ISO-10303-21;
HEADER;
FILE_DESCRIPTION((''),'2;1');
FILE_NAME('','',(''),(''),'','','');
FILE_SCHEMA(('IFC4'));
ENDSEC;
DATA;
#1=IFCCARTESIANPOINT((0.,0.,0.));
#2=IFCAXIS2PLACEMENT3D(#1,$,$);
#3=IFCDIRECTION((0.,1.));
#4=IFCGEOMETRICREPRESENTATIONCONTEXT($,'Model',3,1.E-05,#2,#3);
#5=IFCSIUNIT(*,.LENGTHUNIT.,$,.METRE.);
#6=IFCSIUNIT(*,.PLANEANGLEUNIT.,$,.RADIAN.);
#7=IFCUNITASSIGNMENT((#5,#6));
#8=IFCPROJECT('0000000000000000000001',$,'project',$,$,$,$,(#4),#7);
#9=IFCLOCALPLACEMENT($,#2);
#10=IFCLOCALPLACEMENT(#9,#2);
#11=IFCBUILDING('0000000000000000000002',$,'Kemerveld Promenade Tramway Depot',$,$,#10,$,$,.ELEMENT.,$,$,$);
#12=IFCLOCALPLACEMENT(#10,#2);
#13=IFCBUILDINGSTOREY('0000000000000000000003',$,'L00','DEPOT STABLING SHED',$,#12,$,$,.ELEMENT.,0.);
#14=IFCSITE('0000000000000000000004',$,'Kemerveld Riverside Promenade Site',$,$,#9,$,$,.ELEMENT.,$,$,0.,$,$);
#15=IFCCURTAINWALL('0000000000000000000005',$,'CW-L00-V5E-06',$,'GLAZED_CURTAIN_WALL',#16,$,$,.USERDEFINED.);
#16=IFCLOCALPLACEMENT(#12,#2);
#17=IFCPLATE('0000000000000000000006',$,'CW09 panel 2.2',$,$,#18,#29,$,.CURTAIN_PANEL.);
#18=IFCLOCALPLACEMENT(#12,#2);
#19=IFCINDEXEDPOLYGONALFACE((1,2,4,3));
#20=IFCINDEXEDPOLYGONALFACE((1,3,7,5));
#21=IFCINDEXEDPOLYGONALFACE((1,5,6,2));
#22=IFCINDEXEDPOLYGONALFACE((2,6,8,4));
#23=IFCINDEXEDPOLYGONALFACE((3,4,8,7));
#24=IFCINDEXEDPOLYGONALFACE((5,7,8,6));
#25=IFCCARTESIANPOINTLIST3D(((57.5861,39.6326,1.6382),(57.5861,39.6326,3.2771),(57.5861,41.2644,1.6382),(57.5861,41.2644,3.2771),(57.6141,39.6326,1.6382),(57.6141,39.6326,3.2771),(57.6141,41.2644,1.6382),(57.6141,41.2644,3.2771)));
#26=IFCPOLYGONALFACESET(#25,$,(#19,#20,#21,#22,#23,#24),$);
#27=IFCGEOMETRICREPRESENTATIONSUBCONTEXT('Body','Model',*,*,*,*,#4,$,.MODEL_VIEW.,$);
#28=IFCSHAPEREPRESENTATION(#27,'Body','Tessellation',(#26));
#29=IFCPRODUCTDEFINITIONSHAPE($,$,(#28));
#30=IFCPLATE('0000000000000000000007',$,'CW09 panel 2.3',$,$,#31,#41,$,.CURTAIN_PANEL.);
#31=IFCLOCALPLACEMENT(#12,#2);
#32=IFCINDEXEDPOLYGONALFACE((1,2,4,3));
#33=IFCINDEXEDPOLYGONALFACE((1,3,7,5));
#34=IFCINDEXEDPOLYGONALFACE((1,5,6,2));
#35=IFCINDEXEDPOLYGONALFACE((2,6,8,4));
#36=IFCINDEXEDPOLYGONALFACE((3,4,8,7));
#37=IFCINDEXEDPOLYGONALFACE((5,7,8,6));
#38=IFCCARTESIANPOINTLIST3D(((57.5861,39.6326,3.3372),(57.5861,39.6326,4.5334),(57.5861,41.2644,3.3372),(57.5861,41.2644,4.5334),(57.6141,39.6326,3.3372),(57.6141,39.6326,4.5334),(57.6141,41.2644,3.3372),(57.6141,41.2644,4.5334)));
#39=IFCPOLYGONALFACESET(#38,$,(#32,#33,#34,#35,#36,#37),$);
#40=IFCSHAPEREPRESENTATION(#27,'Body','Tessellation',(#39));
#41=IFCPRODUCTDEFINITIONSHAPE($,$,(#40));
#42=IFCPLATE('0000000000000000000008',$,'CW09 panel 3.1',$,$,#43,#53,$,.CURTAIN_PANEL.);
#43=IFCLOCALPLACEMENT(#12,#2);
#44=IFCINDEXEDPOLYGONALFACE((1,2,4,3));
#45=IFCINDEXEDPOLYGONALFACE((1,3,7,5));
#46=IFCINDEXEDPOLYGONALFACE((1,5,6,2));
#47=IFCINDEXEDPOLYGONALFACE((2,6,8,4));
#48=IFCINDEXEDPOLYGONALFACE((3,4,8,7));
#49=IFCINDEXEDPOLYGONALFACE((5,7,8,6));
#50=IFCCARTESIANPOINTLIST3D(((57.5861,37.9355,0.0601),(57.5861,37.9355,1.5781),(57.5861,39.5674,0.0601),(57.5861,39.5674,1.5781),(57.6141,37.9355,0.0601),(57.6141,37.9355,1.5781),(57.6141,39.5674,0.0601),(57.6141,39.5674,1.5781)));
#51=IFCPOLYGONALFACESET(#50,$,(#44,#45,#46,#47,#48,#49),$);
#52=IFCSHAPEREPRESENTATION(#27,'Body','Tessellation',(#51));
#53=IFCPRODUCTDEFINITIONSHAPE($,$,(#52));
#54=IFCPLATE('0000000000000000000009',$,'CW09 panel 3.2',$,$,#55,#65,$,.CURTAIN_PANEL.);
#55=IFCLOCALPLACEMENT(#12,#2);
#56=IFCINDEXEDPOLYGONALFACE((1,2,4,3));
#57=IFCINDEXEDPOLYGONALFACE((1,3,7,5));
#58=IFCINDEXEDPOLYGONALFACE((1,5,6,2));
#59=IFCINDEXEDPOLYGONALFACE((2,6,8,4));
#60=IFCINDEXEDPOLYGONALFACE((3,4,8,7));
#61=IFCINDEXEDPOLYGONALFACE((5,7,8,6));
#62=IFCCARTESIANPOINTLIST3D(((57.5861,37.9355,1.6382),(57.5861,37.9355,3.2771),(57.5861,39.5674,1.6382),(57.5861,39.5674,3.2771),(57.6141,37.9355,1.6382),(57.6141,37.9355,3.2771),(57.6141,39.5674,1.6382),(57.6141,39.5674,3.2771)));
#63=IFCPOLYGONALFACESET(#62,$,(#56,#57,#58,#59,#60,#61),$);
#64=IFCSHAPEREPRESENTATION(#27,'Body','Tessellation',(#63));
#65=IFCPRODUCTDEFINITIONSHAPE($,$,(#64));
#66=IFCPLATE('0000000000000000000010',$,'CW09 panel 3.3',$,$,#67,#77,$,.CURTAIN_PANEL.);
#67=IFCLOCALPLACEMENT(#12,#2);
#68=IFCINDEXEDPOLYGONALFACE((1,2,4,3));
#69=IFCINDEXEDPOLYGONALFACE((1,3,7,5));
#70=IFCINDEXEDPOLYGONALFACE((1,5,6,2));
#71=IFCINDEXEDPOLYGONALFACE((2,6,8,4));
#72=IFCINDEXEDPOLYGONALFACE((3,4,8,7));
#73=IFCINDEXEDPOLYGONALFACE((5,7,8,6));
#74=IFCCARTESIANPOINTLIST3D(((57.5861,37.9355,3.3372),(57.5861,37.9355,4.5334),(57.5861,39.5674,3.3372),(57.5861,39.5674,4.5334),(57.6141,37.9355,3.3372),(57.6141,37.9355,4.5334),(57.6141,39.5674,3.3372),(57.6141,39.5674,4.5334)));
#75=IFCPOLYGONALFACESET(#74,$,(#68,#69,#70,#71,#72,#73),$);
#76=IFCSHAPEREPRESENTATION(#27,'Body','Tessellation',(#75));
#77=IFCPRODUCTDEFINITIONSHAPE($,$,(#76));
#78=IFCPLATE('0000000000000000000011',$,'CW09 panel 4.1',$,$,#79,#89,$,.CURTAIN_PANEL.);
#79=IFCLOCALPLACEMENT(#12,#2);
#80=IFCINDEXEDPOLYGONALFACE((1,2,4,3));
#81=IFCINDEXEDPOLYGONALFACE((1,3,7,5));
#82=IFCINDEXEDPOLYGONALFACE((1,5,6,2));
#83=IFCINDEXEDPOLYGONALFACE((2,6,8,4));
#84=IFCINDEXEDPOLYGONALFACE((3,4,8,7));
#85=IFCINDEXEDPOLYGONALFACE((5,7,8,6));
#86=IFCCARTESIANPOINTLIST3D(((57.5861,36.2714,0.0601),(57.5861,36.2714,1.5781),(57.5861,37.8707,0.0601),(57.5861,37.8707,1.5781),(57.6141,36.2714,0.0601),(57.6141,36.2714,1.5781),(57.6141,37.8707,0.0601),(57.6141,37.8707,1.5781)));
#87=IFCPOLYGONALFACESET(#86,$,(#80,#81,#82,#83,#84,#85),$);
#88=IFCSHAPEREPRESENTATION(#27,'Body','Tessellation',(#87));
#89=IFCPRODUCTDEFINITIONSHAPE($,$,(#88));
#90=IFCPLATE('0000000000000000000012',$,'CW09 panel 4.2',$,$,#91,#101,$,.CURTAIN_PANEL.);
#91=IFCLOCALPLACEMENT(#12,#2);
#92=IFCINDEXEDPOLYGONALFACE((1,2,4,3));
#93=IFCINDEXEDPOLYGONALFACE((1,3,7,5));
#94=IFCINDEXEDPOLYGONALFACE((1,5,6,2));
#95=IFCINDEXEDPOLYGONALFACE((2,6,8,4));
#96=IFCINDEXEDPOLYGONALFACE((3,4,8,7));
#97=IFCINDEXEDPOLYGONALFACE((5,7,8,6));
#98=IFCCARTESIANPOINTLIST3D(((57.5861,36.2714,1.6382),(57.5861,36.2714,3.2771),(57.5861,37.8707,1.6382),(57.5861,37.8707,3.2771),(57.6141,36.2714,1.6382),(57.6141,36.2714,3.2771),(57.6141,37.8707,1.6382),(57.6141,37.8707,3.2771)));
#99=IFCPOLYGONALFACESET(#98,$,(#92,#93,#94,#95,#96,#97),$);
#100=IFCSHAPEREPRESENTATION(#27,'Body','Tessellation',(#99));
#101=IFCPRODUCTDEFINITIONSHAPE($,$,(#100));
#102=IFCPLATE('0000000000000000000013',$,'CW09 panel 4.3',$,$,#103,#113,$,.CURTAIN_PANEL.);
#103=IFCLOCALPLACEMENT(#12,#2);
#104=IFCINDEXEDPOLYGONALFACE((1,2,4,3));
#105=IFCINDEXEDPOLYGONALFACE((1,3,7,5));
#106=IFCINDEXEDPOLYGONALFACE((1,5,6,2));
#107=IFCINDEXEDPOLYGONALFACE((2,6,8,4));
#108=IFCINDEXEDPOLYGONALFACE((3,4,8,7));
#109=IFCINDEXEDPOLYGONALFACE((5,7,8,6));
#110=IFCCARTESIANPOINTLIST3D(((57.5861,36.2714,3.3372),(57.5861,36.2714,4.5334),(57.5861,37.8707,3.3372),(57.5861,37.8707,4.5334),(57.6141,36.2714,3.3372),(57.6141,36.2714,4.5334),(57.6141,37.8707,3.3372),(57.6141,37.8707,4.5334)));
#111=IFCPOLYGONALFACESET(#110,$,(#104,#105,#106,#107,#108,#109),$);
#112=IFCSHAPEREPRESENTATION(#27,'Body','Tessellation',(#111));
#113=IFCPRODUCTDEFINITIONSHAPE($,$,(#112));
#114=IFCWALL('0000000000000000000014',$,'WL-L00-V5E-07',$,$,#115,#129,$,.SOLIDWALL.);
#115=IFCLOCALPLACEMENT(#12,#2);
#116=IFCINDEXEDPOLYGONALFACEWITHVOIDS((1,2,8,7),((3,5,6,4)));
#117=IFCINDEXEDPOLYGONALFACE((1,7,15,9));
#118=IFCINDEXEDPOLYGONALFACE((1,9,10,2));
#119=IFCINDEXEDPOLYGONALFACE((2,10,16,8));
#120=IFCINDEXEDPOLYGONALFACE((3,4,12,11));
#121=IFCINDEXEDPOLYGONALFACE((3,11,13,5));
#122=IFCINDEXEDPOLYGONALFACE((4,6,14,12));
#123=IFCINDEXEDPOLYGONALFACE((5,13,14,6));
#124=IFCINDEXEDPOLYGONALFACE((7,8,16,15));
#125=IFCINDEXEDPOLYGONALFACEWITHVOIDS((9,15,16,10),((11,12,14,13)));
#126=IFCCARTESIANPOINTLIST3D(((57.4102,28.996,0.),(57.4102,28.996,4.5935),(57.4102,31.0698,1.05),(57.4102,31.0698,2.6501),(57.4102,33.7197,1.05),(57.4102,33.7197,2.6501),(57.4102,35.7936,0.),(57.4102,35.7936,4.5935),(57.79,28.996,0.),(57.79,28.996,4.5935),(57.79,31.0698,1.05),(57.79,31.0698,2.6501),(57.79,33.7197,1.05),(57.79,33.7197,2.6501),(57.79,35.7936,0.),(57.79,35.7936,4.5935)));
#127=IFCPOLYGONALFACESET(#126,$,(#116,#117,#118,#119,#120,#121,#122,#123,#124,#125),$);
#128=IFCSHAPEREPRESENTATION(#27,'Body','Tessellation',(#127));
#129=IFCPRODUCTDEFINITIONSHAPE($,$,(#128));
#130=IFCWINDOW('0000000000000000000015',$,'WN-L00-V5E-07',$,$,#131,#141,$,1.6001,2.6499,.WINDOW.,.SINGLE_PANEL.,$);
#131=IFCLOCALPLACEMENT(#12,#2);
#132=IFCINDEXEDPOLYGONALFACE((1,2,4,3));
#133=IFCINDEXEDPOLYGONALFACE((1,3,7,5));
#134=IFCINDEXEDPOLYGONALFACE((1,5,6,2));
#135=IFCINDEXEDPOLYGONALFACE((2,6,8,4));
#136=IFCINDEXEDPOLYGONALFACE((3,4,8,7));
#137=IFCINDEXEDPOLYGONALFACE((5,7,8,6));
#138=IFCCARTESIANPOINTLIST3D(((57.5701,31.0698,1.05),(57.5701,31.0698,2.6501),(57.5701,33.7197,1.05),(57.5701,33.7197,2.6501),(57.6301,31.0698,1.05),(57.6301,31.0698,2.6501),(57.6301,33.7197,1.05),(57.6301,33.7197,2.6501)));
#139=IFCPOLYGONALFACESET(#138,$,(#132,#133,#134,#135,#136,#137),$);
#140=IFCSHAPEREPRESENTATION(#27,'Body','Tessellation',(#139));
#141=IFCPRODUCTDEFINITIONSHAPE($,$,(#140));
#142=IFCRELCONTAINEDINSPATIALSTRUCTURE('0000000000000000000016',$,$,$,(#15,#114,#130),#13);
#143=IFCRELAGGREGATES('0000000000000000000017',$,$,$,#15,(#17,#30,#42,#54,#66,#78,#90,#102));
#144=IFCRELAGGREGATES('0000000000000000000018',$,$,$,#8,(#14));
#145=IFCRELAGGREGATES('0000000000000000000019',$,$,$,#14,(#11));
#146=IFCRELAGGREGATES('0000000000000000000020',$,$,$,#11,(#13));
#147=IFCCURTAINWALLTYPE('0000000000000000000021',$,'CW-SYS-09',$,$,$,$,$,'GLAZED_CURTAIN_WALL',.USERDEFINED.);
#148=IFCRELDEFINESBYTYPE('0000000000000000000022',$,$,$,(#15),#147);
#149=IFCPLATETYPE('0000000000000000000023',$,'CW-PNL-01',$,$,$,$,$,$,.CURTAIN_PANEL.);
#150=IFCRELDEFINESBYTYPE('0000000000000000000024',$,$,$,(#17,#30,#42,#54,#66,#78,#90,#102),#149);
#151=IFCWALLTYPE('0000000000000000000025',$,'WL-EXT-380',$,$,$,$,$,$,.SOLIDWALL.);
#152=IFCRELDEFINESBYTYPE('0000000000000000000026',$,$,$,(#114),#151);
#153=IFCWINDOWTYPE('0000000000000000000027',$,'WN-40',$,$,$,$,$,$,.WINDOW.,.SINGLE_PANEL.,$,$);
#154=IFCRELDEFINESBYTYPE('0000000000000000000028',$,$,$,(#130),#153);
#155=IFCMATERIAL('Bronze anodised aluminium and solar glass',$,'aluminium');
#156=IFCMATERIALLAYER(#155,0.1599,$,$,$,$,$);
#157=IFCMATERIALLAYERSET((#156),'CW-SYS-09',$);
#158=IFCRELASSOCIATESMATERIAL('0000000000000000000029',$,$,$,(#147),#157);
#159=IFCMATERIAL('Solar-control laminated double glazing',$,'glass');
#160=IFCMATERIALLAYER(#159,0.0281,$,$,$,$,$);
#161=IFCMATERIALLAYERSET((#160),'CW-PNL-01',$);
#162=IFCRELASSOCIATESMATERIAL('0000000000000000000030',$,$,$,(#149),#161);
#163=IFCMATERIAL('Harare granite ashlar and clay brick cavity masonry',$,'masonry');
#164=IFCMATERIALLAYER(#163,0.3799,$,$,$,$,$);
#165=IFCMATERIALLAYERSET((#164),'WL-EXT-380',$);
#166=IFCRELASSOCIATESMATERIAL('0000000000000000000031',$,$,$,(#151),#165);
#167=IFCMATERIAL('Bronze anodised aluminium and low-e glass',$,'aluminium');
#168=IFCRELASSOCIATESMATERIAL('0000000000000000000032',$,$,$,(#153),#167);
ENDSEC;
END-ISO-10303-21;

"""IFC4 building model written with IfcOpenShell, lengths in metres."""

from ifc_helpers import new_model, si_unit, direction, frame, frame_2d, origin, origin_2d, place, context, subcontext, project, spatial, rectangle, extrude, material, layer, layer_set, type_object, element, fill, aggregate, save


model = new_model("IFC4")

# Units and contexts
model_context = context("Model", 3, precision=1e-05, world=origin(), true_north=direction((0.0, 1.0)))
body_context = subcontext(model_context, "Body", "Model", "MODEL_VIEW")
ifc_project = project(units=[si_unit("LENGTHUNIT", "METRE"), si_unit("PLANEANGLEUNIT", "RADIAN")], contexts=[model_context])

# Site, building, storey
site_placement = place(None, origin())
site = spatial("IfcSite", under=ifc_project, at=site_placement, Name="Kemerveld Riverside Promenade Site", CompositionType="ELEMENT", RefElevation=0.0)
building_placement = place(site_placement, origin())
building = spatial("IfcBuilding", under=site, at=building_placement, Name="Kemerveld Promenade Tramway Depot", CompositionType="ELEMENT")
storey_placement = place(building_placement, origin())
storey = spatial("IfcBuildingStorey", under=building, at=storey_placement, Name="L00", Description="DEPOT STABLING SHED", CompositionType="ELEMENT", Elevation=0.0)

# Curtain wall, plates
ifc_material_1 = material(Name="Bronze anodised aluminium and solar glass", Category="aluminium")
ifc_layer_1 = layer(ifc_material_1, 0.1599)
ifc_layer_set_1 = layer_set([ifc_layer_1], Name="CW-SYS-09")
curtain_wall_type = type_object("IfcCurtainWallType", Name="CW-SYS-09", ElementType="GLAZED_CURTAIN_WALL", PredefinedType="USERDEFINED", material=ifc_layer_set_1)
curtain_wall_placement = place(storey_placement, origin())
curtain_wall = element("IfcCurtainWall", 1, at=curtain_wall_placement, inside=storey, type_object=curtain_wall_type, Name="CW-L00-V5E-06", ObjectType="GLAZED_CURTAIN_WALL", PredefinedType="USERDEFINED")
ifc_material_2 = material(Name="Solar-control laminated double glazing", Category="glass")
ifc_layer_2 = layer(ifc_material_2, 0.0281)
ifc_layer_set_2 = layer_set([ifc_layer_2], Name="CW-PNL-01")
plate_type = type_object("IfcPlateType", Name="CW-PNL-01", PredefinedType="CURTAIN_PANEL", material=ifc_layer_set_2)
plate_1_placement = place(storey_placement, frame((57.6001, 40.4485, 1.6382), z_axis=(0.0, 0.0, 1.0), x_axis=(0.0, -1.0, 0.0)))
plate_1 = element("IfcPlate", 2, at=plate_1_placement, type_object=plate_type, Name="CW09 panel 2.2", PredefinedType="CURTAIN_PANEL", context=body_context, shape_type="SweptSolid", body=[
    extrude(rectangle(XDim=1.6318, YDim=0.0281, at=origin_2d()), origin(), (0.0, 0.0, 1.0), 1.6389),
])
plate_2_placement = place(storey_placement, frame((57.6001, 40.4485, 3.3372), z_axis=(0.0, 0.0, 1.0), x_axis=(0.0, -1.0, 0.0)))
plate_2 = element("IfcPlate", 3, at=plate_2_placement, type_object=plate_type, Name="CW09 panel 2.3", PredefinedType="CURTAIN_PANEL", context=body_context, shape_type="SweptSolid", body=[
    extrude(rectangle(XDim=1.6318, YDim=0.0281, at=origin_2d()), origin(), (0.0, 0.0, 1.0), 1.1963),
])
plate_3_placement = place(storey_placement, frame((57.6001, 38.7515, 0.0601), z_axis=(0.0, 0.0, 1.0), x_axis=(0.0, -1.0, 0.0)))
plate_3 = element("IfcPlate", 4, at=plate_3_placement, type_object=plate_type, Name="CW09 panel 3.1", PredefinedType="CURTAIN_PANEL", context=body_context, shape_type="SweptSolid", body=[
    extrude(rectangle(XDim=1.6318, YDim=0.0281, at=origin_2d()), origin(), (0.0, 0.0, 1.0), 1.5181),
])
plate_4_placement = place(storey_placement, frame((57.6001, 38.7515, 1.6382), z_axis=(0.0, 0.0, 1.0), x_axis=(0.0, -1.0, 0.0)))
plate_4 = element("IfcPlate", 5, at=plate_4_placement, type_object=plate_type, Name="CW09 panel 3.2", PredefinedType="CURTAIN_PANEL", context=body_context, shape_type="SweptSolid", body=[
    extrude(rectangle(XDim=1.6318, YDim=0.0281, at=origin_2d()), origin(), (0.0, 0.0, 1.0), 1.6389),
])
plate_5_placement = place(storey_placement, frame((57.6001, 38.7515, 3.3372), z_axis=(0.0, 0.0, 1.0), x_axis=(0.0, -1.0, 0.0)))
plate_5 = element("IfcPlate", 6, at=plate_5_placement, type_object=plate_type, Name="CW09 panel 3.3", PredefinedType="CURTAIN_PANEL", context=body_context, shape_type="SweptSolid", body=[
    extrude(rectangle(XDim=1.6318, YDim=0.0281, at=origin_2d()), origin(), (0.0, 0.0, 1.0), 1.1963),
])
plate_6_placement = place(storey_placement, frame((57.6001, 37.071, 0.0601), z_axis=(0.0, 0.0, 1.0), x_axis=(0.0, -1.0, 0.0)))
plate_6 = element("IfcPlate", 7, at=plate_6_placement, type_object=plate_type, Name="CW09 panel 4.1", PredefinedType="CURTAIN_PANEL", context=body_context, shape_type="SweptSolid", body=[
    extrude(rectangle(XDim=1.5994, YDim=0.0281, at=origin_2d()), origin(), (0.0, 0.0, 1.0), 1.5181),
])
plate_7_placement = place(storey_placement, frame((57.6001, 37.071, 1.6382), z_axis=(0.0, 0.0, 1.0), x_axis=(0.0, -1.0, 0.0)))
plate_7 = element("IfcPlate", 8, at=plate_7_placement, type_object=plate_type, Name="CW09 panel 4.2", PredefinedType="CURTAIN_PANEL", context=body_context, shape_type="SweptSolid", body=[
    extrude(rectangle(XDim=1.5994, YDim=0.0281, at=origin_2d()), origin(), (0.0, 0.0, 1.0), 1.6389),
])
plate_8_placement = place(storey_placement, frame((57.6001, 37.071, 3.3372), z_axis=(0.0, 0.0, 1.0), x_axis=(0.0, -1.0, 0.0)))
plate_8 = element("IfcPlate", 9, at=plate_8_placement, type_object=plate_type, Name="CW09 panel 4.3", PredefinedType="CURTAIN_PANEL", context=body_context, shape_type="SweptSolid", body=[
    extrude(rectangle(XDim=1.5994, YDim=0.0281, at=origin_2d()), origin(), (0.0, 0.0, 1.0), 1.1963),
])
aggregate(curtain_wall, [plate_1, plate_2, plate_3, plate_4, plate_5, plate_6, plate_7, plate_8])

# Wall, opening, window
ifc_material_3 = material(Name="Harare granite ashlar and clay brick cavity masonry", Category="masonry")
ifc_layer_3 = layer(ifc_material_3, 0.3799)
ifc_layer_set_3 = layer_set([ifc_layer_3], Name="WL-EXT-380")
wall_type = type_object("IfcWallType", Name="WL-EXT-380", PredefinedType="SOLIDWALL", material=ifc_layer_set_3)
wall_placement = place(storey_placement, frame((57.6001, 35.7937, 0.0), z_axis=(0.0, 0.0, 1.0), x_axis=(0.0, -1.0, 0.0)))
wall = element("IfcWall", 10, at=wall_placement, inside=storey, type_object=wall_type, Name="WL-L00-V5E-07", PredefinedType="SOLIDWALL", context=body_context, shape_type="SweptSolid", body=[
    extrude(rectangle(XDim=6.7976, YDim=0.3799, at=frame_2d((3.3989, 0.0))), origin(), (0.0, 0.0, 1.0), 4.5935),
])
opening_placement = place(wall_placement, frame((2.074, 0.0, 1.05)))
opening = element("IfcOpeningElement", 11, at=opening_placement, cuts=wall, PredefinedType="OPENING", context=body_context, shape_type="SweptSolid", body=[
    extrude(rectangle(XDim=2.6499, YDim=1.6001, at=frame_2d((1.325, 0.8))), frame((0.0, 0.2, 0.0), z_axis=(0.0, -1.0, 0.0), x_axis=(1.0, 0.0, 0.0)), (0.0, 0.0, 1.0), 0.3999),
])
ifc_material_4 = material(Name="Bronze anodised aluminium and low-e glass", Category="aluminium")
window_type = type_object("IfcWindowType", Name="WN-40", PartitioningType="SINGLE_PANEL", PredefinedType="WINDOW", material=ifc_material_4)
window_placement = place(opening_placement, origin())
window = element("IfcWindow", 12, at=window_placement, inside=storey, type_object=window_type, Name="WN-L00-V5E-07", OverallHeight=1.6001, OverallWidth=2.6499, PartitioningType="SINGLE_PANEL", PredefinedType="WINDOW", context=body_context, shape_type="SweptSolid", body=[
    extrude(rectangle(XDim=2.6499, YDim=1.6001, at=frame_2d((1.325, 0.8))), frame((0.0, 0.03, 0.0), z_axis=(0.0, -1.0, 0.0), x_axis=(1.0, 0.0, 0.0)), (0.0, 0.0, 1.0), 0.0601),
])
fill(opening, window)

save(model, "model.ifc")
